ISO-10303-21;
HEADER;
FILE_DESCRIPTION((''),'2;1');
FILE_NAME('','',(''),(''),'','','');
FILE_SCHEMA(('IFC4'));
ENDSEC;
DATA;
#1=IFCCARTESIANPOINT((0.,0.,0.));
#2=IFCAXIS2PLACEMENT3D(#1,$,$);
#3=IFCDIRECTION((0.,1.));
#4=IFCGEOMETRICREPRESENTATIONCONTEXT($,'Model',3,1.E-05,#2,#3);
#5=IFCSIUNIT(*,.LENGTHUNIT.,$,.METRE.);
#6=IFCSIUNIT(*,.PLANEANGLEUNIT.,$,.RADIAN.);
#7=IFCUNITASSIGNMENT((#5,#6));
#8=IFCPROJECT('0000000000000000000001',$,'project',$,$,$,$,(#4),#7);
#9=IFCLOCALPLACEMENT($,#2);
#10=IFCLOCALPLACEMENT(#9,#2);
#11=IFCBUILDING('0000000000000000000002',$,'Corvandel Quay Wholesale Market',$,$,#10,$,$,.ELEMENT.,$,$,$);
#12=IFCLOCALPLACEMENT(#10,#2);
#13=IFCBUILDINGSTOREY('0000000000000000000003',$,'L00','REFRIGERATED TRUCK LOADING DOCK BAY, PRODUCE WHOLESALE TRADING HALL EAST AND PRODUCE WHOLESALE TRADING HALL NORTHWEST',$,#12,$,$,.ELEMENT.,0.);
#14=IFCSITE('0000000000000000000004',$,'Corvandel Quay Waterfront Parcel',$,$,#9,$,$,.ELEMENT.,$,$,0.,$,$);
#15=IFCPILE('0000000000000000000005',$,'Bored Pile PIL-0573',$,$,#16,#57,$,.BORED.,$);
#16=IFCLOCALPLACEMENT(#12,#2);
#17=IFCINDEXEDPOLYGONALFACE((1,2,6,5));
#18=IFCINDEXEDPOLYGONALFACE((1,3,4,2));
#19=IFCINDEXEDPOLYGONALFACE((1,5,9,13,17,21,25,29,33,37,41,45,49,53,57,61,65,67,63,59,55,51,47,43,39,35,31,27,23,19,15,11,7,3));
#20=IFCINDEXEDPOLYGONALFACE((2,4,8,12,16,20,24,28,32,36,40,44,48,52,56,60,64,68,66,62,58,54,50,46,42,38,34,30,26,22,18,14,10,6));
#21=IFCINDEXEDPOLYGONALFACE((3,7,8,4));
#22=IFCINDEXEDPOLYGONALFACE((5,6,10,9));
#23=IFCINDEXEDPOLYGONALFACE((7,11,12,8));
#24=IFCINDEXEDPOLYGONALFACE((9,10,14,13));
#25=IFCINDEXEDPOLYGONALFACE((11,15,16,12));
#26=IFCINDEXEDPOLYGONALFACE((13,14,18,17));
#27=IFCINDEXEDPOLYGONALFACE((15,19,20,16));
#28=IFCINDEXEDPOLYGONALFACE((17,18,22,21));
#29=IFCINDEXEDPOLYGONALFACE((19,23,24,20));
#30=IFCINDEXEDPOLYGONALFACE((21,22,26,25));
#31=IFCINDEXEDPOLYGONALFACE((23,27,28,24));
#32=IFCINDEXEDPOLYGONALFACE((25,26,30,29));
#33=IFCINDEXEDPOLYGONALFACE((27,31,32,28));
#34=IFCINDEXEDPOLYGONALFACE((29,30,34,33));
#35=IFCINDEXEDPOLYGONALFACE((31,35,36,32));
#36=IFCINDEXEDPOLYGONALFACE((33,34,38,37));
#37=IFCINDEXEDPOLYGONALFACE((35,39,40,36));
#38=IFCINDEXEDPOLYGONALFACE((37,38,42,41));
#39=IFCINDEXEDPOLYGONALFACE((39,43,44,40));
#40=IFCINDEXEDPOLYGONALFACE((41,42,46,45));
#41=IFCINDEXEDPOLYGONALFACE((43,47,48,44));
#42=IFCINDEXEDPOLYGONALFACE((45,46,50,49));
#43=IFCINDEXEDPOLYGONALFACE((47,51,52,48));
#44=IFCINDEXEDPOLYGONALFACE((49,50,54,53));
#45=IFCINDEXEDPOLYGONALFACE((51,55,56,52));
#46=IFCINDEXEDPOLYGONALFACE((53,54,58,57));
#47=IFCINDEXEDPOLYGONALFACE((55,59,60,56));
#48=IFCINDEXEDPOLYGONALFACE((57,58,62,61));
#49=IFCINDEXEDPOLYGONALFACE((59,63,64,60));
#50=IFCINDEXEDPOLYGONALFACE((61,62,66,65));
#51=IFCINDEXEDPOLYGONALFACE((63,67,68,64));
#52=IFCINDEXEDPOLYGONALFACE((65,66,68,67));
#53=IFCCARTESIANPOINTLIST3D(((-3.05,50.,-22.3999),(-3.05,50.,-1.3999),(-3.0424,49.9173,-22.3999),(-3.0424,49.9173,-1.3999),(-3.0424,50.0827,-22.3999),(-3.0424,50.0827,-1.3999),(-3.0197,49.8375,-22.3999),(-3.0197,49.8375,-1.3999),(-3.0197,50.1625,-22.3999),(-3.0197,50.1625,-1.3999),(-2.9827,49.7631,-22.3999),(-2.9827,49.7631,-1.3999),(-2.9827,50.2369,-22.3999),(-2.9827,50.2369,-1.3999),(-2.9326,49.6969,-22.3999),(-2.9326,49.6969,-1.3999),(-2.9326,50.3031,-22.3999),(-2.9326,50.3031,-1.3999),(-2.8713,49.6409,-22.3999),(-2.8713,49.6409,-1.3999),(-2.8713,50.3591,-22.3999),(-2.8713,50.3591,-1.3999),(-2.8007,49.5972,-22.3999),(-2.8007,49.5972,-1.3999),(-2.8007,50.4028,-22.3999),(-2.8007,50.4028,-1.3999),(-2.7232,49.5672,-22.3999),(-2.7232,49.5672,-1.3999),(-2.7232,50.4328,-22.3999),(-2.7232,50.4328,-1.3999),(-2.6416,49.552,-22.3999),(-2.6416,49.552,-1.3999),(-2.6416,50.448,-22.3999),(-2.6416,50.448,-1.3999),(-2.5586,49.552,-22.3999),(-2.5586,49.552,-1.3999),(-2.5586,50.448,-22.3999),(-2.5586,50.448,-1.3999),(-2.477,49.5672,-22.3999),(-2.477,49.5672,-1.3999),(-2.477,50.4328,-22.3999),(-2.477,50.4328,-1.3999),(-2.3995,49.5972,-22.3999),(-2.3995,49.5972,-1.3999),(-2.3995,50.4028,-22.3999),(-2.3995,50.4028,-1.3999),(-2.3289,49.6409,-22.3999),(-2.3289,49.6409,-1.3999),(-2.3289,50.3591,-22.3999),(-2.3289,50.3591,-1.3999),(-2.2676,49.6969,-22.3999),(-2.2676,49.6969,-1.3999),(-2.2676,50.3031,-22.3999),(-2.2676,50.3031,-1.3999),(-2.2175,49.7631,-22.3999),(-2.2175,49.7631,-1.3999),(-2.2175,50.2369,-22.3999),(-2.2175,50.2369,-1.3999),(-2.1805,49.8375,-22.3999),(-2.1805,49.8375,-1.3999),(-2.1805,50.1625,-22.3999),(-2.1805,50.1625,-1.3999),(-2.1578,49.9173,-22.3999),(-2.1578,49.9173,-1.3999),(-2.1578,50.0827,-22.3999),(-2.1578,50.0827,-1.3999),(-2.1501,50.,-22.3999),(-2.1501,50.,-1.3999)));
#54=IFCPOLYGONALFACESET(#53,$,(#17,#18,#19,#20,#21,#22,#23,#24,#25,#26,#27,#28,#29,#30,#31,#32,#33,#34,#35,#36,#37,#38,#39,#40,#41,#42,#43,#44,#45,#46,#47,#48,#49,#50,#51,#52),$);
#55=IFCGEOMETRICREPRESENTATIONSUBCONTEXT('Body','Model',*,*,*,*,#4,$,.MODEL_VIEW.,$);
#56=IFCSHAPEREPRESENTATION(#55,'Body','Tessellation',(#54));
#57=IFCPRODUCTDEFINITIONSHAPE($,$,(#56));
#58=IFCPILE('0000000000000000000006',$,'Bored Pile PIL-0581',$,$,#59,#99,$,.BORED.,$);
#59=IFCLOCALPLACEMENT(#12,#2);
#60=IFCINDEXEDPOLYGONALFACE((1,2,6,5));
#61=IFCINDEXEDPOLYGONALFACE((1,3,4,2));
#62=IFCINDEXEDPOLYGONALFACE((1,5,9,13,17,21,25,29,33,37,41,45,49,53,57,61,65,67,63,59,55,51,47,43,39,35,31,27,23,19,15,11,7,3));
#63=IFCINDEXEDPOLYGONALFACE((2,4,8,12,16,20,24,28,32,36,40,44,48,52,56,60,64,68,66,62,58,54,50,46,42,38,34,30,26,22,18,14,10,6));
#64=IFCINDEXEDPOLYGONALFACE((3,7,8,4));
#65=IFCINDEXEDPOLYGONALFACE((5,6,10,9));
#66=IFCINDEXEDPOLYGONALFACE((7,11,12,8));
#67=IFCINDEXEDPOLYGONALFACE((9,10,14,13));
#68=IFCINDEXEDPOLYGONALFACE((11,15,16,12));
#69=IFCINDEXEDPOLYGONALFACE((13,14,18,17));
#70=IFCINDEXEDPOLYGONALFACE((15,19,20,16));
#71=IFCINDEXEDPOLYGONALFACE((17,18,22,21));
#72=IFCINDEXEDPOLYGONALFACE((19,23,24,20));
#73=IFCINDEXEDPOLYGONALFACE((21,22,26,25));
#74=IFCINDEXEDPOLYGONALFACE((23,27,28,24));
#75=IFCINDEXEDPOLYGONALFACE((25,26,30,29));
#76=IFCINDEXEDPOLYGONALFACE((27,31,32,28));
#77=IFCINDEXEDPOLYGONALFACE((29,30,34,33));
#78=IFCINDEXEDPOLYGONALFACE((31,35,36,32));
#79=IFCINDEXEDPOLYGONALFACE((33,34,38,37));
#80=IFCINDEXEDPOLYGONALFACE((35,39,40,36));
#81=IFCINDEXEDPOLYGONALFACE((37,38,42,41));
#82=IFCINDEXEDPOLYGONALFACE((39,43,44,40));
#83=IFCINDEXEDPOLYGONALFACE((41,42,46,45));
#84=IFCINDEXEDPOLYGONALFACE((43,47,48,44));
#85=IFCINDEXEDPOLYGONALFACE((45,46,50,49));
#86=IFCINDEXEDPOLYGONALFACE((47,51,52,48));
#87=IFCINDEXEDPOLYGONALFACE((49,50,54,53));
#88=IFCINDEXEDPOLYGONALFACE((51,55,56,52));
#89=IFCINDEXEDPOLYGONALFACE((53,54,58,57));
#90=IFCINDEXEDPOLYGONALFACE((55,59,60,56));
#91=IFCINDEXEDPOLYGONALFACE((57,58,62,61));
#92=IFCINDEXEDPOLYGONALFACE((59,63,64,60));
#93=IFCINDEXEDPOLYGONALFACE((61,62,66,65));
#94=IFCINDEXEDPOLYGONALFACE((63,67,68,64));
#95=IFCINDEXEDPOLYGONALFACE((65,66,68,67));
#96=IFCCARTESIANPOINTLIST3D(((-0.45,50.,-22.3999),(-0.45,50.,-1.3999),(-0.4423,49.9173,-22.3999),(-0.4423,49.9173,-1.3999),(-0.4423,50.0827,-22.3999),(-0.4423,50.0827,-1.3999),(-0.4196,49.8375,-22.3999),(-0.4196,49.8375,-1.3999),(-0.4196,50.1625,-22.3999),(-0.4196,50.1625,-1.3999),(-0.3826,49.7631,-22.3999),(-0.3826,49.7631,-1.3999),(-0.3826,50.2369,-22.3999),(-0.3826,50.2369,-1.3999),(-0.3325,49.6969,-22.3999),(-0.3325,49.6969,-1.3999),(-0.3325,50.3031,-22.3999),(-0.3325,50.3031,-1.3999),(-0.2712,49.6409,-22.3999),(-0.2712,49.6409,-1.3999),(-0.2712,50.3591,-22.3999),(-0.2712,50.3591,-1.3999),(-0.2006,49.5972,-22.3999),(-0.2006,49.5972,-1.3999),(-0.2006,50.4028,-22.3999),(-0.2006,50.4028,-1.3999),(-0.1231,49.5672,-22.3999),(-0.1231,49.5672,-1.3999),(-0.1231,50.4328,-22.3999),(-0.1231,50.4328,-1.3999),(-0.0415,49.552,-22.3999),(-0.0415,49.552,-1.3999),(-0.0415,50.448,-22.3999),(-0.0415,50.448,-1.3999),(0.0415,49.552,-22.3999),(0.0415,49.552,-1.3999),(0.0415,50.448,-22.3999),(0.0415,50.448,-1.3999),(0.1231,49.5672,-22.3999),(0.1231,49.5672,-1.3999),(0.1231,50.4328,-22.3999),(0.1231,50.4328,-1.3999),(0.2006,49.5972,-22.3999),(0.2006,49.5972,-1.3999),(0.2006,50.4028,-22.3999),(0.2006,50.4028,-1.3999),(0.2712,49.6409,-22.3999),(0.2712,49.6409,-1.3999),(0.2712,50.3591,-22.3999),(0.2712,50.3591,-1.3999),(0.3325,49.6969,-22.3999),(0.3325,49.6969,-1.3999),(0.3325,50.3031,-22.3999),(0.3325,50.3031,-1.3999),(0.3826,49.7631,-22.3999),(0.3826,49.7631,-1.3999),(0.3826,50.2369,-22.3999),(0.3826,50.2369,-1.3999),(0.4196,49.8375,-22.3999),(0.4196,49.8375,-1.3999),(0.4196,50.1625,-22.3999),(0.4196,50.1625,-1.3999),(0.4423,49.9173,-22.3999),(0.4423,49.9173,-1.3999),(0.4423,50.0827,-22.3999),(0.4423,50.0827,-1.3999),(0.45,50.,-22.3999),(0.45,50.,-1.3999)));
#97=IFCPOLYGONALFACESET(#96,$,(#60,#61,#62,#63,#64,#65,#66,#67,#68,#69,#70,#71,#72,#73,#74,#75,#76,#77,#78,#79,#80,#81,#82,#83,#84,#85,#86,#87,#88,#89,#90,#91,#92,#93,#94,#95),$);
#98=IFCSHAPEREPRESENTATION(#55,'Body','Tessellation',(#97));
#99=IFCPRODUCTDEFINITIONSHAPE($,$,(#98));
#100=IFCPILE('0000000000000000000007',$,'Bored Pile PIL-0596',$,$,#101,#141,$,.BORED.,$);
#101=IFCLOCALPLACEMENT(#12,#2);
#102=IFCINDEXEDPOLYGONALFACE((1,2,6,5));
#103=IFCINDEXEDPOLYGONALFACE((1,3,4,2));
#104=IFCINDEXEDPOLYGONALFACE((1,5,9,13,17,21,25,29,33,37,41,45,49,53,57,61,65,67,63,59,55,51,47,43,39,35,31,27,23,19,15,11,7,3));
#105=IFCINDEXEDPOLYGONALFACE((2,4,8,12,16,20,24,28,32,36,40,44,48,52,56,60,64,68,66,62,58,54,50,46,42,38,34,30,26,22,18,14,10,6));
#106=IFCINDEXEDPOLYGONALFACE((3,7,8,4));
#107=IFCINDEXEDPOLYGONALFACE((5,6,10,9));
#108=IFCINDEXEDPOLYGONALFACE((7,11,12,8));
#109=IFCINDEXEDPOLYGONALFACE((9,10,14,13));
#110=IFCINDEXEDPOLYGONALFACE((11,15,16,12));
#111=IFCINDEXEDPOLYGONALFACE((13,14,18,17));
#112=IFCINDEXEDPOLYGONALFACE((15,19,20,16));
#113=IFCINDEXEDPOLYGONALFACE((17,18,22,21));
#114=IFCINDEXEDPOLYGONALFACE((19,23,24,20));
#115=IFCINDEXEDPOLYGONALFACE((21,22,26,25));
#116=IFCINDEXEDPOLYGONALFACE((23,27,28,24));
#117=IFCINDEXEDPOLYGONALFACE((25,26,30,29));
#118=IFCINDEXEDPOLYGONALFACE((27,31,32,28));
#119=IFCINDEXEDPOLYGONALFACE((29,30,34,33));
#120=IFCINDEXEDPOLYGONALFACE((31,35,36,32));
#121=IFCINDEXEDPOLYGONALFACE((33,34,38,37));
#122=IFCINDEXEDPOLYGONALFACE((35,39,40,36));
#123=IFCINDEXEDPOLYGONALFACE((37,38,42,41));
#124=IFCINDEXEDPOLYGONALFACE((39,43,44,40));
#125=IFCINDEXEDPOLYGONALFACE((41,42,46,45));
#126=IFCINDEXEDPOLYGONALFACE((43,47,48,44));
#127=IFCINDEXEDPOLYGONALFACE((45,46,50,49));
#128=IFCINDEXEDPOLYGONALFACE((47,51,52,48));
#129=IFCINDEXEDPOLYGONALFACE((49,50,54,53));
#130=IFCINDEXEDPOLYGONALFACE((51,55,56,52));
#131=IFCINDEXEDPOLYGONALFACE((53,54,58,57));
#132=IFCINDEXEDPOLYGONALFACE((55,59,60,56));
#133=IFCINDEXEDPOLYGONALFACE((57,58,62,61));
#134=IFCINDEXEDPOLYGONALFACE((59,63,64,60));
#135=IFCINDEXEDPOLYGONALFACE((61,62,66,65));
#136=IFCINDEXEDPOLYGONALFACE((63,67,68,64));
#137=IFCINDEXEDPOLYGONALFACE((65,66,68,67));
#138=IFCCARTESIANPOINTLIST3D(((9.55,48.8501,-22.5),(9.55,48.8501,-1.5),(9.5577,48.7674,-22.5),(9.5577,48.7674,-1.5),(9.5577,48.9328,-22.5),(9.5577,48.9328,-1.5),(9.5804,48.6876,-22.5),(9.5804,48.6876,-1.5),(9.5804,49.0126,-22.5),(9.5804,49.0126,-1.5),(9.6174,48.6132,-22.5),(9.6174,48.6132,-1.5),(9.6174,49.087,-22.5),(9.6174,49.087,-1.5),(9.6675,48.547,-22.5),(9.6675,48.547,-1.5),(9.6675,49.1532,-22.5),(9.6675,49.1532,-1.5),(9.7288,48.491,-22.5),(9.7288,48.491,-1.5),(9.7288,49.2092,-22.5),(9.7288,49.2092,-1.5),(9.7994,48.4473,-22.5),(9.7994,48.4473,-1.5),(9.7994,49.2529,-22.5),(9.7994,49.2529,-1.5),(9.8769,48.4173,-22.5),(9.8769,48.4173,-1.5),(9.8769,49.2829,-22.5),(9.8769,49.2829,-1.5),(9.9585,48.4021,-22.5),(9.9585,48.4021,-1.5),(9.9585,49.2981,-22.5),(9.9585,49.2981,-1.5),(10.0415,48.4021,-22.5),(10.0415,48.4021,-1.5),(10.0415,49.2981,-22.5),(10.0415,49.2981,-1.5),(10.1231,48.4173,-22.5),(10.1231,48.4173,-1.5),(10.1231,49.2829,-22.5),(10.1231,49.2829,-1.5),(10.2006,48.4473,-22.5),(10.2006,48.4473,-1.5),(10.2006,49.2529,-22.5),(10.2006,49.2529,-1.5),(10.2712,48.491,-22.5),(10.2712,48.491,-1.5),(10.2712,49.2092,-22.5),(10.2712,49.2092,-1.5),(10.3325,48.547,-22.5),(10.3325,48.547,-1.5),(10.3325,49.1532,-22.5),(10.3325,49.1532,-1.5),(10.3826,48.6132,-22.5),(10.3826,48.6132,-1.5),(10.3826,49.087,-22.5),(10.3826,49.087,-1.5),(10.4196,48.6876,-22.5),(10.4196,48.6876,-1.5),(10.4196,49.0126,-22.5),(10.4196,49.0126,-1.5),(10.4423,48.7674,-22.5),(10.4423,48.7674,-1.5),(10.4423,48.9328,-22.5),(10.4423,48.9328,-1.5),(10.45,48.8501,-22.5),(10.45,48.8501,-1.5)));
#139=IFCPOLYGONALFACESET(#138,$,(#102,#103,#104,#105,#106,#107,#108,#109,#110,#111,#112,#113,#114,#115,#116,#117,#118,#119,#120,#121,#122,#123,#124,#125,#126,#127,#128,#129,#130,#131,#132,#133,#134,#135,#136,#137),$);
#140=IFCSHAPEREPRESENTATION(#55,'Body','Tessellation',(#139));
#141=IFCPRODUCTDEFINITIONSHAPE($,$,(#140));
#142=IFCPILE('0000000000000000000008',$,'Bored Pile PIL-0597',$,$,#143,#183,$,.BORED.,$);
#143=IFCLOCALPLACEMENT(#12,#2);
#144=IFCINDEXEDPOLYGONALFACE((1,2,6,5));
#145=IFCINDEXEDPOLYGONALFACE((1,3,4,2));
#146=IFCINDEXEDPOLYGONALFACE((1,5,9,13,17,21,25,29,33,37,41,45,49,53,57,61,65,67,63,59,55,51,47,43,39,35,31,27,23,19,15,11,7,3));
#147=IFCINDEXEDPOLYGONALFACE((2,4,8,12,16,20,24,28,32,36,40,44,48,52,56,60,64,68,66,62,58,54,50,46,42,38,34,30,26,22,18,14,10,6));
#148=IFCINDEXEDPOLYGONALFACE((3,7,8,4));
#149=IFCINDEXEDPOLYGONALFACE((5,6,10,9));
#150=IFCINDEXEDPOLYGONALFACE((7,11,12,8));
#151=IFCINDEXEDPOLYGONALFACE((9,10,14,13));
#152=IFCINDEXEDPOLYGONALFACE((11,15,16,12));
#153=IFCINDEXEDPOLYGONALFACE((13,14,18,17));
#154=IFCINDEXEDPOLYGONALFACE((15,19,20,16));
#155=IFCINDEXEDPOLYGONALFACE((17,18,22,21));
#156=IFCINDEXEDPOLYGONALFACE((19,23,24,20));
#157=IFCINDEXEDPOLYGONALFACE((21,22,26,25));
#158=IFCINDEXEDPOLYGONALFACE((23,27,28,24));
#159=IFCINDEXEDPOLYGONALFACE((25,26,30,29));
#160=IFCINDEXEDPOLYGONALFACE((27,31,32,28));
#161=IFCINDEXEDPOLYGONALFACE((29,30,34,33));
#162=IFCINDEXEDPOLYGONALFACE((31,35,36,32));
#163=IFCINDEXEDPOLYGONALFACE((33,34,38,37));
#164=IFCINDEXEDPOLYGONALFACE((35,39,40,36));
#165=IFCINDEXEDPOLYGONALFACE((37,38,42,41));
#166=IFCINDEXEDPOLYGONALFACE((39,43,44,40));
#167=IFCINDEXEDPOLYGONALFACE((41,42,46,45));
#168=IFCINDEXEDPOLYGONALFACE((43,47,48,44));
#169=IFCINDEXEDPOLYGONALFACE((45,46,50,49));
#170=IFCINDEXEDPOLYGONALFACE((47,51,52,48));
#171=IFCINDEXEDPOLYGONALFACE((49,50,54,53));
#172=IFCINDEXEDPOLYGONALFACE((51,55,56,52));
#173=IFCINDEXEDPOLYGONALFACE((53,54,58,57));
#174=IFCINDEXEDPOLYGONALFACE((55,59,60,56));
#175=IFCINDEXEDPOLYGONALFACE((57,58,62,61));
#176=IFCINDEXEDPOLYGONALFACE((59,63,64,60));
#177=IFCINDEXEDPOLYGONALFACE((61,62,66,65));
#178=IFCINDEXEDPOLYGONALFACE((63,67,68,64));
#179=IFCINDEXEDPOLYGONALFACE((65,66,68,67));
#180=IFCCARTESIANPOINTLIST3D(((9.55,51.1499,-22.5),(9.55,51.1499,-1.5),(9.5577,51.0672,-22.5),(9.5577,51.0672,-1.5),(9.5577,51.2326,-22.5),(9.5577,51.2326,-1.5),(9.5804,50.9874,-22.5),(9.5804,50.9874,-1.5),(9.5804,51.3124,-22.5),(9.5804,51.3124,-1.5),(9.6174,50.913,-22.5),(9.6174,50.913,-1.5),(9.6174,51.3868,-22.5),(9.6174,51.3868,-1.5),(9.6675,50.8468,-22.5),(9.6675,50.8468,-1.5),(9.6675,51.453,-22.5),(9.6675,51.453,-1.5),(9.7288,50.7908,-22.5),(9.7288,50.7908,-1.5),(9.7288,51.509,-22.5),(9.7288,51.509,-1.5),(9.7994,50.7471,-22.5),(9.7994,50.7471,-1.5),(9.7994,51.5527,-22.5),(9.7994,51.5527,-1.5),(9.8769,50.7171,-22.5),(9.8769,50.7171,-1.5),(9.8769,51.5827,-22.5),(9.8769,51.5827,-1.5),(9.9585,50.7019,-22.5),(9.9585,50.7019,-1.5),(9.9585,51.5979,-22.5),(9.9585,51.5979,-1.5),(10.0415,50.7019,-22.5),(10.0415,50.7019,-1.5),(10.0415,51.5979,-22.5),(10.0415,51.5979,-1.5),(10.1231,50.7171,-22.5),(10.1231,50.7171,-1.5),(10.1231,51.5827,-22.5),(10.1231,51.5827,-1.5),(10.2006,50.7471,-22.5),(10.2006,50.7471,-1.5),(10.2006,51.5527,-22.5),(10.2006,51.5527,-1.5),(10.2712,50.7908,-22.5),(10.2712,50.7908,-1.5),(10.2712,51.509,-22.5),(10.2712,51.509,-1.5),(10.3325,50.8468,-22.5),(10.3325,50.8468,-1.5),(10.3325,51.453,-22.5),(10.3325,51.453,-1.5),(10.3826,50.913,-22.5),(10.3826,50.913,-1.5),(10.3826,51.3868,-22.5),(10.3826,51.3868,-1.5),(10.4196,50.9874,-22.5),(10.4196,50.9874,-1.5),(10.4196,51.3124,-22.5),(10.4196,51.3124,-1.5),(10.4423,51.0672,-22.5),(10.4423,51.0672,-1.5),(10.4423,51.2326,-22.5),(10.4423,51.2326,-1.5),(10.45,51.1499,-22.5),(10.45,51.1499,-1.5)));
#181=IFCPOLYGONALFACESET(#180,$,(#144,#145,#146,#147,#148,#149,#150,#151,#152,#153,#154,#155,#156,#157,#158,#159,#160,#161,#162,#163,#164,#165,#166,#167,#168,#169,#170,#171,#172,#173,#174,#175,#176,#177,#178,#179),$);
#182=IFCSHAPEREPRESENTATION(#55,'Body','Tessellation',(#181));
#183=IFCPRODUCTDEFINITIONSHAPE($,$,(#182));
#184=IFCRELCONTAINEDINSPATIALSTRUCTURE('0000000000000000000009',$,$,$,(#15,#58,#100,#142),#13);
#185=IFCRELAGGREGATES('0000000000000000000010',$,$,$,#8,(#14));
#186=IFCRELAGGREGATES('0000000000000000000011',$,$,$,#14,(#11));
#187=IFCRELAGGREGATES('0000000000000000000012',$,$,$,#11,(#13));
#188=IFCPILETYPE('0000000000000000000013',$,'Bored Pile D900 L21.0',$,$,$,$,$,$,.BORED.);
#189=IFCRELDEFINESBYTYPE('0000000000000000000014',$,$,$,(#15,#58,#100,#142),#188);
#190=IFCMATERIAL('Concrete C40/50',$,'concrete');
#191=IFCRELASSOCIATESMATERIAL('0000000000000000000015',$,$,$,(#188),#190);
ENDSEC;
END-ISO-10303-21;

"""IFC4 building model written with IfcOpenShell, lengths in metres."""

from ifc_helpers import new_model, si_unit, direction, frame, origin, origin_2d, place, context, subcontext, project, spatial, circle, extrude, material, material_profile, profile_set, type_object, element, save


model = new_model("IFC4")

# Units and contexts
model_context = context("Model", 3, precision=1e-05, world=origin(), true_north=direction((0.0, 1.0)))
body_context = subcontext(model_context, "Body", "Model", "MODEL_VIEW")
ifc_project = project(units=[si_unit("LENGTHUNIT", "METRE"), si_unit("PLANEANGLEUNIT", "RADIAN")], contexts=[model_context])

# Site, building, storey
site_placement = place(None, origin())
site = spatial("IfcSite", under=ifc_project, at=site_placement, Name="Corvandel Quay Waterfront Parcel", CompositionType="ELEMENT", RefElevation=0.0)
building_placement = place(site_placement, origin())
building = spatial("IfcBuilding", under=site, at=building_placement, Name="Corvandel Quay Wholesale Market", CompositionType="ELEMENT")
storey_placement = place(building_placement, origin())
storey = spatial("IfcBuildingStorey", under=building, at=storey_placement, Name="L00", Description="REFRIGERATED TRUCK LOADING DOCK BAY, PRODUCE WHOLESALE TRADING HALL EAST AND PRODUCE WHOLESALE TRADING HALL NORTHWEST", CompositionType="ELEMENT", Elevation=0.0)

# Piles
ifc_material_1 = material(Name="Concrete C40/50", Category="concrete")
ifc_material_profile_1 = material_profile(ifc_material_1, circle(Radius=0.45, at=origin_2d()), Name="RC-PILE-D900")
ifc_profile_set_1 = profile_set([ifc_material_profile_1], Name="Concrete C40/50")
pile_type = type_object("IfcPileType", Name="Bored Pile D900 L21.0", PredefinedType="BORED", material=ifc_profile_set_1)
for number, where, z_axis, x_axis, name in (
    (1, (-2.6001, 50.0, -1.3999), (0.0, 0.0, -1.0), (1.0, 0.0, 0.0), "Bored Pile PIL-0573"),
    (2, (0.0, 50.0, -1.3999), (0.0, 0.0, -1.0), (1.0, 0.0, 0.0), "Bored Pile PIL-0581"),
    (3, (10.0, 48.8501, -1.5), (0.0, 0.0, -1.0), (1.0, 0.0, 0.0), "Bored Pile PIL-0596"),
    (4, (10.0, 51.1499, -1.5), (0.0, 0.0, -1.0), (1.0, 0.0, 0.0), "Bored Pile PIL-0597"),
):
    element("IfcPile", number, at=place(storey_placement, frame(where, z_axis=z_axis, x_axis=x_axis)), inside=storey, type_object=pile_type, Name=name, PredefinedType="BORED", context=body_context, shape_type="SweptSolid", body=[
        extrude(circle(Radius=0.45, at=origin_2d()), origin(), (0.0, 0.0, 1.0), 21.0),
    ])

save(model, "model.ifc")
